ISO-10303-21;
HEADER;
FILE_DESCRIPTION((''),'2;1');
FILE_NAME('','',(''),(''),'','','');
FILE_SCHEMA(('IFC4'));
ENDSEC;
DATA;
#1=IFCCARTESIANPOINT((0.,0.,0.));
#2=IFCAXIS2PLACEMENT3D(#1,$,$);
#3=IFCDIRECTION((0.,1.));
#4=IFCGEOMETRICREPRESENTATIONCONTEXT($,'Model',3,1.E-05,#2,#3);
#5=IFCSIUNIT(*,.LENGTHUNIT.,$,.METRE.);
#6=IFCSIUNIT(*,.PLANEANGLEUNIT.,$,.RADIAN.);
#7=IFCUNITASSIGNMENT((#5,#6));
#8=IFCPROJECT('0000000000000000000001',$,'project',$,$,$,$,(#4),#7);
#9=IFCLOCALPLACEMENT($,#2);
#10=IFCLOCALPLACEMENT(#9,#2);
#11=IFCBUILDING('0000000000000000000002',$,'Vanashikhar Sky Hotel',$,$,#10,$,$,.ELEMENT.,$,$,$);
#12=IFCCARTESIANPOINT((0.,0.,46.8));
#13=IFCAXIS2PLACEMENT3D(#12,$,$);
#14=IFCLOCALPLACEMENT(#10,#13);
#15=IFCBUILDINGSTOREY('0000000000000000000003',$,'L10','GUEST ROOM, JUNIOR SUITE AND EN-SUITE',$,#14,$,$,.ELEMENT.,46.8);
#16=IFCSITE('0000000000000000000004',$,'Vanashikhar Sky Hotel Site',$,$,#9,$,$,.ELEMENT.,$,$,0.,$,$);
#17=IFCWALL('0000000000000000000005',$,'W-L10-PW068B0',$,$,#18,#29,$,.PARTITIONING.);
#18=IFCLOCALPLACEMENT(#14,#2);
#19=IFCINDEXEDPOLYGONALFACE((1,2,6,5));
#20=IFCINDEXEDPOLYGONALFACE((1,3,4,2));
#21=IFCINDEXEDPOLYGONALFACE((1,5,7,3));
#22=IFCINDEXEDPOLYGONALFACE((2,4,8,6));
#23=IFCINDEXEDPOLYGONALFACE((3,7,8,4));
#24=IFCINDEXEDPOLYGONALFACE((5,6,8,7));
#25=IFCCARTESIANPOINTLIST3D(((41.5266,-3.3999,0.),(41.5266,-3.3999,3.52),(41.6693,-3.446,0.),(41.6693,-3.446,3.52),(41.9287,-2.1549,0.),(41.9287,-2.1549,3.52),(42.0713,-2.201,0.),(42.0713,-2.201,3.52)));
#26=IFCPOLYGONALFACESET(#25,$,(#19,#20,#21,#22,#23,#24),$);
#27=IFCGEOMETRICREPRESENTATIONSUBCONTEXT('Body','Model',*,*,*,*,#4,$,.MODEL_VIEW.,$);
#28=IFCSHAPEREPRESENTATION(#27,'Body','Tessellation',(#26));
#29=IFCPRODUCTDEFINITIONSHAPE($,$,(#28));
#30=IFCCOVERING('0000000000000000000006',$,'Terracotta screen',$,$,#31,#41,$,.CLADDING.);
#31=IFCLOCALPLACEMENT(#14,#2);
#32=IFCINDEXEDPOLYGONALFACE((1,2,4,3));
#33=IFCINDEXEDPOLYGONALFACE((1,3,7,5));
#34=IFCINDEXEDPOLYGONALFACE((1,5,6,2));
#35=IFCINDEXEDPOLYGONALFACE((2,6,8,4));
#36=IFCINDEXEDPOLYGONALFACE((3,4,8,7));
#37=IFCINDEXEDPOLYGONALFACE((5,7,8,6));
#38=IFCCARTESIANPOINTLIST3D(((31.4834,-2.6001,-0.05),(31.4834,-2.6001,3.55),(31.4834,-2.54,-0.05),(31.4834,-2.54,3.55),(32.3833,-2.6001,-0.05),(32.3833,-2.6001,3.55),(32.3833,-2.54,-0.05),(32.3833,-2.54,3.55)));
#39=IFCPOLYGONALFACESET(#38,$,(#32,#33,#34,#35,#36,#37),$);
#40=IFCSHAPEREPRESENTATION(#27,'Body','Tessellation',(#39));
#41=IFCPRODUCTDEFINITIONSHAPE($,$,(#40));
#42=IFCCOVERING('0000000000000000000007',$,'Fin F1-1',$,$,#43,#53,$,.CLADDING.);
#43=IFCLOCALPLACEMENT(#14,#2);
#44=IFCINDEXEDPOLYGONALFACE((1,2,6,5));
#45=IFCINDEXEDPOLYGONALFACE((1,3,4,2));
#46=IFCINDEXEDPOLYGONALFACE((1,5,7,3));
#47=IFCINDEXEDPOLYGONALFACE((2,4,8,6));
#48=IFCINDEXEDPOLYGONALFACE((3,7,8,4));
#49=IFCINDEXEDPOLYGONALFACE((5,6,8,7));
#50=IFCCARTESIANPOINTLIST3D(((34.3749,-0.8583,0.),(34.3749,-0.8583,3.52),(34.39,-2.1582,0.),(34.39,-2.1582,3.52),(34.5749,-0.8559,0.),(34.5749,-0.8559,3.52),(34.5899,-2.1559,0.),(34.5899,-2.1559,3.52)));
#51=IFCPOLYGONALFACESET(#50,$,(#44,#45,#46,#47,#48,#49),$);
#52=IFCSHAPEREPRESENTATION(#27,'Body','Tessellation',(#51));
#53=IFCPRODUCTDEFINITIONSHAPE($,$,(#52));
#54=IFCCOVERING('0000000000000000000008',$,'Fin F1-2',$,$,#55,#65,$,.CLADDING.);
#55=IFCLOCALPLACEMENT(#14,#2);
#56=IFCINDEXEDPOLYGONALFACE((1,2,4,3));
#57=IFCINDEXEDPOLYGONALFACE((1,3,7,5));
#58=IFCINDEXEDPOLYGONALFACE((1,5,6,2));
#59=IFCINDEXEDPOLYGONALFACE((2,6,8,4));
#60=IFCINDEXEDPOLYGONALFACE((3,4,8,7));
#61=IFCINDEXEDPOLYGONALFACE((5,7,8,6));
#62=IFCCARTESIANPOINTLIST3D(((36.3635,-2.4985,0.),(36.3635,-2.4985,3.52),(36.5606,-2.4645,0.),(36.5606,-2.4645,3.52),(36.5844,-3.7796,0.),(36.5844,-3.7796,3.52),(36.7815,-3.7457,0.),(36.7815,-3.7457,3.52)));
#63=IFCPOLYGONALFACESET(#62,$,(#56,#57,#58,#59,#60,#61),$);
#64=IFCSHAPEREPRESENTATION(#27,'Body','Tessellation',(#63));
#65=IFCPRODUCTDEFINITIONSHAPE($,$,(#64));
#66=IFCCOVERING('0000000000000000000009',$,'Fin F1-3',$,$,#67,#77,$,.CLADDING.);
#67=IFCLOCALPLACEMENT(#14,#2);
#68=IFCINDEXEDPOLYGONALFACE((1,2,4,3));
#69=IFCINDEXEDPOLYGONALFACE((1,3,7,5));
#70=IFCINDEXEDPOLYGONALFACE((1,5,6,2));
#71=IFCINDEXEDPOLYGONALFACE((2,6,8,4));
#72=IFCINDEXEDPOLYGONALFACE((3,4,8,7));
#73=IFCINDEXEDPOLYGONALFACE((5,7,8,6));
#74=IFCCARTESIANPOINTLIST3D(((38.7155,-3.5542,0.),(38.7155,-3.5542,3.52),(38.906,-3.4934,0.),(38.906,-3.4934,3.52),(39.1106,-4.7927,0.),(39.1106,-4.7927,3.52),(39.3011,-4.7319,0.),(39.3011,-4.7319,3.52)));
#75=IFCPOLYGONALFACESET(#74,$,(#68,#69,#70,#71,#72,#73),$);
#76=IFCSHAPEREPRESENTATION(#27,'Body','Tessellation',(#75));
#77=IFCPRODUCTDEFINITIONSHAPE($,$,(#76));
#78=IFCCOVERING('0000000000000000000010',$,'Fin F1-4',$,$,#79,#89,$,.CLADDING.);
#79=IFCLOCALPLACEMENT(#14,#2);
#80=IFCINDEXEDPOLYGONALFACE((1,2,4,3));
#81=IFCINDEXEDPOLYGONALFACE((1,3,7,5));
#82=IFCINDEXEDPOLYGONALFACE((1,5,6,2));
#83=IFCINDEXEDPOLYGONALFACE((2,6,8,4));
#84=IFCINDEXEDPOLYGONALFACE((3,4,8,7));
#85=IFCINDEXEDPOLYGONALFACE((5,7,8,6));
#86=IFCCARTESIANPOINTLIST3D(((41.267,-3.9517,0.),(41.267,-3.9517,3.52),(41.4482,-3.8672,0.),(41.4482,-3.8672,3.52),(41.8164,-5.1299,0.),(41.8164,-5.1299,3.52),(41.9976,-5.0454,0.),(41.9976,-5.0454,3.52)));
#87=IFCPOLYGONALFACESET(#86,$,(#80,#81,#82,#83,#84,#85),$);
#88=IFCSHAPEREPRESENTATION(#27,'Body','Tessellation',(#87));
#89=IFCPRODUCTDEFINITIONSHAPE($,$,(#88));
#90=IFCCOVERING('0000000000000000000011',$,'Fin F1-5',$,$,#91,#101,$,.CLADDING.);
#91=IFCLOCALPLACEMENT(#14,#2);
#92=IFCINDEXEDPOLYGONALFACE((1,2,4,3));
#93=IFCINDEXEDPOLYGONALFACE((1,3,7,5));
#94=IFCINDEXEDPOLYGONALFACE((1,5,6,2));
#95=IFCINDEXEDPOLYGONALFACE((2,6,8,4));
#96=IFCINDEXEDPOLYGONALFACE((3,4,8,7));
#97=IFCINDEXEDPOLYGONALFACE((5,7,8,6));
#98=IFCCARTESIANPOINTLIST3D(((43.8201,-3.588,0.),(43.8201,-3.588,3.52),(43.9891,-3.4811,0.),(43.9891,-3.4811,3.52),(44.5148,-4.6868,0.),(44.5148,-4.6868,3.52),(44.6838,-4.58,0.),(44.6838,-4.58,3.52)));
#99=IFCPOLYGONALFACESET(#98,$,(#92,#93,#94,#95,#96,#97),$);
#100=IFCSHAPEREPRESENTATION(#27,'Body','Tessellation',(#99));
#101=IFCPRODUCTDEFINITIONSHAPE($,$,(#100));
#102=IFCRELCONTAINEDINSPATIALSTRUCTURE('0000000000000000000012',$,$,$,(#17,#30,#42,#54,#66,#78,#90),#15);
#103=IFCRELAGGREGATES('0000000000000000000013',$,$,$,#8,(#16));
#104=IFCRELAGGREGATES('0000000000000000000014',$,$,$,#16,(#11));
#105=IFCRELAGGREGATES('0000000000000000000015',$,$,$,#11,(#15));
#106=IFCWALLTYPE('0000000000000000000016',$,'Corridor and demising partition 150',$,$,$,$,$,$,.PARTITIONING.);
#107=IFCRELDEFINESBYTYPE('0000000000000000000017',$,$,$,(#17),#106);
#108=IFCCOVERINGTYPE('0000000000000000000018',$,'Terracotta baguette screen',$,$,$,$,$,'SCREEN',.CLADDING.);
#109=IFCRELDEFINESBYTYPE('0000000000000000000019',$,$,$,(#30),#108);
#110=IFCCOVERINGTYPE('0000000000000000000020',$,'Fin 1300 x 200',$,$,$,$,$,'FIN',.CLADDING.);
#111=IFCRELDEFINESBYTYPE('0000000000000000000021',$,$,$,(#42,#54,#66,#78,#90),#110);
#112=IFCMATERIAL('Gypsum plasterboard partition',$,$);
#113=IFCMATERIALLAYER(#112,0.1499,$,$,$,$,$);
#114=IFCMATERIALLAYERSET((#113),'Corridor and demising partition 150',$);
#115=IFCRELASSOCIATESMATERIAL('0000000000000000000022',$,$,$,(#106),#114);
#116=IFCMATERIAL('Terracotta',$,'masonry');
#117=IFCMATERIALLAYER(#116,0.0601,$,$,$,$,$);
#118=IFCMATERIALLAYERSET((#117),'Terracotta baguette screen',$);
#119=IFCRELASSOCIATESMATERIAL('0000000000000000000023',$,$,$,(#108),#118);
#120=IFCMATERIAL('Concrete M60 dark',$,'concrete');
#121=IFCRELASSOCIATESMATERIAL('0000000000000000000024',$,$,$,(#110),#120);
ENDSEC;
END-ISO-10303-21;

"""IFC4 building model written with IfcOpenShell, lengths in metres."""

from ifc_helpers import new_model, si_unit, direction, frame, frame_2d, origin, origin_2d, place, context, subcontext, project, spatial, rectangle, extrude, source, transform, mapped, material, layer, layer_set, material_profile, profile_set, type_object, element, save


model = new_model("IFC4")

# Units and contexts
model_context = context("Model", 3, precision=1e-05, world=origin(), true_north=direction((0.0, 1.0)))
body_context = subcontext(model_context, "Body", "Model", "MODEL_VIEW")
ifc_project = project(units=[si_unit("LENGTHUNIT", "METRE"), si_unit("PLANEANGLEUNIT", "RADIAN")], contexts=[model_context])

# Site, building, storey
site_placement = place(None, origin())
site = spatial("IfcSite", under=ifc_project, at=site_placement, Name="Vanashikhar Sky Hotel Site", CompositionType="ELEMENT", RefElevation=0.0)
building_placement = place(site_placement, origin())
building = spatial("IfcBuilding", under=site, at=building_placement, Name="Vanashikhar Sky Hotel", CompositionType="ELEMENT")
storey_placement = place(building_placement, frame((0.0, 0.0, 46.8)))
storey = spatial("IfcBuildingStorey", under=building, at=storey_placement, Name="L10", Description="GUEST ROOM, JUNIOR SUITE AND EN-SUITE", CompositionType="ELEMENT", Elevation=46.8)

# Wall
ifc_material_1 = material(Name="Gypsum plasterboard partition")
ifc_layer_1 = layer(ifc_material_1, 0.1499)
ifc_layer_set_1 = layer_set([ifc_layer_1], Name="Corridor and demising partition 150")
wall_type_1 = type_object("IfcWallType", Name="Corridor and demising partition 150", PredefinedType="PARTITIONING", material=ifc_layer_set_1)
shared_shape_1 = source(origin(), body_context, "Body", "SweptSolid", [
    extrude(rectangle(XDim=1.3083, YDim=0.1499, at=frame_2d((0.6543, 0.0))), origin(), (0.0, 0.0, 1.0), 3.52),
])
wall_1_placement = place(storey_placement, frame((41.5979, -3.4231, 0.0), z_axis=(0.0, 0.0, 1.0), x_axis=(0.307314, 0.951608, 0.0)))
element("IfcWall", 1, at=wall_1_placement, inside=storey, type_object=wall_type_1, Name="W-L10-PW068B0", PredefinedType="PARTITIONING", context=body_context, shape_type="MappedRepresentation", body=[
    mapped(shared_shape_1, transform((0.0, 0.0, 0.0), scale=1.0)),
])

# Coverings
ifc_material_2 = material(Name="Terracotta", Category="masonry")
ifc_layer_2 = layer(ifc_material_2, 0.0601)
ifc_layer_set_2 = layer_set([ifc_layer_2], Name="Terracotta baguette screen")
covering_type_1 = type_object("IfcCoveringType", Name="Terracotta baguette screen", ElementType="SCREEN", PredefinedType="CLADDING", material=ifc_layer_set_2)
shared_shape_2 = source(origin(), body_context, "Body", "SweptSolid", [
    extrude(rectangle(XDim=0.8999, YDim=0.0601, at=origin_2d()), origin(), (0.0, 0.0, 1.0), 3.6001),
])
covering_placement = place(storey_placement, frame((31.9333, -2.5701, -0.05), z_axis=(0.0, 0.0, 1.0), x_axis=(1.0, 0.0, 0.0)))
element("IfcCovering", 2, at=covering_placement, inside=storey, type_object=covering_type_1, Name="Terracotta screen", PredefinedType="CLADDING", context=body_context, shape_type="MappedRepresentation", body=[
    mapped(shared_shape_2, transform((0.0, 0.0, 0.0), scale=1.0)),
])
ifc_material_3 = material(Name="Concrete M60 dark", Category="concrete")
ifc_material_profile = material_profile(ifc_material_3, rectangle(XDim=1.3, YDim=0.2, at=origin_2d()))
ifc_profile_set = profile_set([ifc_material_profile], Name="Fin 1300 x 200")
covering_type_2 = type_object("IfcCoveringType", Name="Fin 1300 x 200", ElementType="FIN", PredefinedType="CLADDING", material=ifc_profile_set)
shared_shape_3 = source(origin(), body_context, "Body", "SweptSolid", [
    extrude(rectangle(XDim=1.3, YDim=0.2, at=origin_2d()), origin(), (0.0, 0.0, 1.0), 3.52),
])
for number, where, z_axis, x_axis, name in (
    (3, (34.4824, -1.5071, 0.0), (0.0, 0.0, 1.0), (0.011589, -0.999933, 0.0), "Fin F1-1"),
    (4, (36.5725, -3.1221, 0.0), (0.0, 0.0, 1.0), (0.1699, -0.985461, 0.0), "Fin F1-2"),
    (5, (39.0083, -4.1431, 0.0), (0.0, 0.0, 1.0), (0.303967, -0.952683, 0.0), "Fin F1-3"),
    (6, (41.6323, -4.4985, 0.0), (0.0, 0.0, 1.0), (0.422618, -0.906308, 0.0), "Fin F1-4"),
    (7, (44.252, -4.084, 0.0), (0.0, 0.0, 1.0), (0.534411, -0.845225, 0.0), "Fin F1-5"),
):
    element("IfcCovering", number, at=place(storey_placement, frame(where, z_axis=z_axis, x_axis=x_axis)), inside=storey, type_object=covering_type_2, Name=name, PredefinedType="CLADDING", context=body_context, shape_type="MappedRepresentation", body=[
        mapped(shared_shape_3, transform((0.0, 0.0, 0.0), scale=1.0)),
    ])

save(model, "model.ifc")
